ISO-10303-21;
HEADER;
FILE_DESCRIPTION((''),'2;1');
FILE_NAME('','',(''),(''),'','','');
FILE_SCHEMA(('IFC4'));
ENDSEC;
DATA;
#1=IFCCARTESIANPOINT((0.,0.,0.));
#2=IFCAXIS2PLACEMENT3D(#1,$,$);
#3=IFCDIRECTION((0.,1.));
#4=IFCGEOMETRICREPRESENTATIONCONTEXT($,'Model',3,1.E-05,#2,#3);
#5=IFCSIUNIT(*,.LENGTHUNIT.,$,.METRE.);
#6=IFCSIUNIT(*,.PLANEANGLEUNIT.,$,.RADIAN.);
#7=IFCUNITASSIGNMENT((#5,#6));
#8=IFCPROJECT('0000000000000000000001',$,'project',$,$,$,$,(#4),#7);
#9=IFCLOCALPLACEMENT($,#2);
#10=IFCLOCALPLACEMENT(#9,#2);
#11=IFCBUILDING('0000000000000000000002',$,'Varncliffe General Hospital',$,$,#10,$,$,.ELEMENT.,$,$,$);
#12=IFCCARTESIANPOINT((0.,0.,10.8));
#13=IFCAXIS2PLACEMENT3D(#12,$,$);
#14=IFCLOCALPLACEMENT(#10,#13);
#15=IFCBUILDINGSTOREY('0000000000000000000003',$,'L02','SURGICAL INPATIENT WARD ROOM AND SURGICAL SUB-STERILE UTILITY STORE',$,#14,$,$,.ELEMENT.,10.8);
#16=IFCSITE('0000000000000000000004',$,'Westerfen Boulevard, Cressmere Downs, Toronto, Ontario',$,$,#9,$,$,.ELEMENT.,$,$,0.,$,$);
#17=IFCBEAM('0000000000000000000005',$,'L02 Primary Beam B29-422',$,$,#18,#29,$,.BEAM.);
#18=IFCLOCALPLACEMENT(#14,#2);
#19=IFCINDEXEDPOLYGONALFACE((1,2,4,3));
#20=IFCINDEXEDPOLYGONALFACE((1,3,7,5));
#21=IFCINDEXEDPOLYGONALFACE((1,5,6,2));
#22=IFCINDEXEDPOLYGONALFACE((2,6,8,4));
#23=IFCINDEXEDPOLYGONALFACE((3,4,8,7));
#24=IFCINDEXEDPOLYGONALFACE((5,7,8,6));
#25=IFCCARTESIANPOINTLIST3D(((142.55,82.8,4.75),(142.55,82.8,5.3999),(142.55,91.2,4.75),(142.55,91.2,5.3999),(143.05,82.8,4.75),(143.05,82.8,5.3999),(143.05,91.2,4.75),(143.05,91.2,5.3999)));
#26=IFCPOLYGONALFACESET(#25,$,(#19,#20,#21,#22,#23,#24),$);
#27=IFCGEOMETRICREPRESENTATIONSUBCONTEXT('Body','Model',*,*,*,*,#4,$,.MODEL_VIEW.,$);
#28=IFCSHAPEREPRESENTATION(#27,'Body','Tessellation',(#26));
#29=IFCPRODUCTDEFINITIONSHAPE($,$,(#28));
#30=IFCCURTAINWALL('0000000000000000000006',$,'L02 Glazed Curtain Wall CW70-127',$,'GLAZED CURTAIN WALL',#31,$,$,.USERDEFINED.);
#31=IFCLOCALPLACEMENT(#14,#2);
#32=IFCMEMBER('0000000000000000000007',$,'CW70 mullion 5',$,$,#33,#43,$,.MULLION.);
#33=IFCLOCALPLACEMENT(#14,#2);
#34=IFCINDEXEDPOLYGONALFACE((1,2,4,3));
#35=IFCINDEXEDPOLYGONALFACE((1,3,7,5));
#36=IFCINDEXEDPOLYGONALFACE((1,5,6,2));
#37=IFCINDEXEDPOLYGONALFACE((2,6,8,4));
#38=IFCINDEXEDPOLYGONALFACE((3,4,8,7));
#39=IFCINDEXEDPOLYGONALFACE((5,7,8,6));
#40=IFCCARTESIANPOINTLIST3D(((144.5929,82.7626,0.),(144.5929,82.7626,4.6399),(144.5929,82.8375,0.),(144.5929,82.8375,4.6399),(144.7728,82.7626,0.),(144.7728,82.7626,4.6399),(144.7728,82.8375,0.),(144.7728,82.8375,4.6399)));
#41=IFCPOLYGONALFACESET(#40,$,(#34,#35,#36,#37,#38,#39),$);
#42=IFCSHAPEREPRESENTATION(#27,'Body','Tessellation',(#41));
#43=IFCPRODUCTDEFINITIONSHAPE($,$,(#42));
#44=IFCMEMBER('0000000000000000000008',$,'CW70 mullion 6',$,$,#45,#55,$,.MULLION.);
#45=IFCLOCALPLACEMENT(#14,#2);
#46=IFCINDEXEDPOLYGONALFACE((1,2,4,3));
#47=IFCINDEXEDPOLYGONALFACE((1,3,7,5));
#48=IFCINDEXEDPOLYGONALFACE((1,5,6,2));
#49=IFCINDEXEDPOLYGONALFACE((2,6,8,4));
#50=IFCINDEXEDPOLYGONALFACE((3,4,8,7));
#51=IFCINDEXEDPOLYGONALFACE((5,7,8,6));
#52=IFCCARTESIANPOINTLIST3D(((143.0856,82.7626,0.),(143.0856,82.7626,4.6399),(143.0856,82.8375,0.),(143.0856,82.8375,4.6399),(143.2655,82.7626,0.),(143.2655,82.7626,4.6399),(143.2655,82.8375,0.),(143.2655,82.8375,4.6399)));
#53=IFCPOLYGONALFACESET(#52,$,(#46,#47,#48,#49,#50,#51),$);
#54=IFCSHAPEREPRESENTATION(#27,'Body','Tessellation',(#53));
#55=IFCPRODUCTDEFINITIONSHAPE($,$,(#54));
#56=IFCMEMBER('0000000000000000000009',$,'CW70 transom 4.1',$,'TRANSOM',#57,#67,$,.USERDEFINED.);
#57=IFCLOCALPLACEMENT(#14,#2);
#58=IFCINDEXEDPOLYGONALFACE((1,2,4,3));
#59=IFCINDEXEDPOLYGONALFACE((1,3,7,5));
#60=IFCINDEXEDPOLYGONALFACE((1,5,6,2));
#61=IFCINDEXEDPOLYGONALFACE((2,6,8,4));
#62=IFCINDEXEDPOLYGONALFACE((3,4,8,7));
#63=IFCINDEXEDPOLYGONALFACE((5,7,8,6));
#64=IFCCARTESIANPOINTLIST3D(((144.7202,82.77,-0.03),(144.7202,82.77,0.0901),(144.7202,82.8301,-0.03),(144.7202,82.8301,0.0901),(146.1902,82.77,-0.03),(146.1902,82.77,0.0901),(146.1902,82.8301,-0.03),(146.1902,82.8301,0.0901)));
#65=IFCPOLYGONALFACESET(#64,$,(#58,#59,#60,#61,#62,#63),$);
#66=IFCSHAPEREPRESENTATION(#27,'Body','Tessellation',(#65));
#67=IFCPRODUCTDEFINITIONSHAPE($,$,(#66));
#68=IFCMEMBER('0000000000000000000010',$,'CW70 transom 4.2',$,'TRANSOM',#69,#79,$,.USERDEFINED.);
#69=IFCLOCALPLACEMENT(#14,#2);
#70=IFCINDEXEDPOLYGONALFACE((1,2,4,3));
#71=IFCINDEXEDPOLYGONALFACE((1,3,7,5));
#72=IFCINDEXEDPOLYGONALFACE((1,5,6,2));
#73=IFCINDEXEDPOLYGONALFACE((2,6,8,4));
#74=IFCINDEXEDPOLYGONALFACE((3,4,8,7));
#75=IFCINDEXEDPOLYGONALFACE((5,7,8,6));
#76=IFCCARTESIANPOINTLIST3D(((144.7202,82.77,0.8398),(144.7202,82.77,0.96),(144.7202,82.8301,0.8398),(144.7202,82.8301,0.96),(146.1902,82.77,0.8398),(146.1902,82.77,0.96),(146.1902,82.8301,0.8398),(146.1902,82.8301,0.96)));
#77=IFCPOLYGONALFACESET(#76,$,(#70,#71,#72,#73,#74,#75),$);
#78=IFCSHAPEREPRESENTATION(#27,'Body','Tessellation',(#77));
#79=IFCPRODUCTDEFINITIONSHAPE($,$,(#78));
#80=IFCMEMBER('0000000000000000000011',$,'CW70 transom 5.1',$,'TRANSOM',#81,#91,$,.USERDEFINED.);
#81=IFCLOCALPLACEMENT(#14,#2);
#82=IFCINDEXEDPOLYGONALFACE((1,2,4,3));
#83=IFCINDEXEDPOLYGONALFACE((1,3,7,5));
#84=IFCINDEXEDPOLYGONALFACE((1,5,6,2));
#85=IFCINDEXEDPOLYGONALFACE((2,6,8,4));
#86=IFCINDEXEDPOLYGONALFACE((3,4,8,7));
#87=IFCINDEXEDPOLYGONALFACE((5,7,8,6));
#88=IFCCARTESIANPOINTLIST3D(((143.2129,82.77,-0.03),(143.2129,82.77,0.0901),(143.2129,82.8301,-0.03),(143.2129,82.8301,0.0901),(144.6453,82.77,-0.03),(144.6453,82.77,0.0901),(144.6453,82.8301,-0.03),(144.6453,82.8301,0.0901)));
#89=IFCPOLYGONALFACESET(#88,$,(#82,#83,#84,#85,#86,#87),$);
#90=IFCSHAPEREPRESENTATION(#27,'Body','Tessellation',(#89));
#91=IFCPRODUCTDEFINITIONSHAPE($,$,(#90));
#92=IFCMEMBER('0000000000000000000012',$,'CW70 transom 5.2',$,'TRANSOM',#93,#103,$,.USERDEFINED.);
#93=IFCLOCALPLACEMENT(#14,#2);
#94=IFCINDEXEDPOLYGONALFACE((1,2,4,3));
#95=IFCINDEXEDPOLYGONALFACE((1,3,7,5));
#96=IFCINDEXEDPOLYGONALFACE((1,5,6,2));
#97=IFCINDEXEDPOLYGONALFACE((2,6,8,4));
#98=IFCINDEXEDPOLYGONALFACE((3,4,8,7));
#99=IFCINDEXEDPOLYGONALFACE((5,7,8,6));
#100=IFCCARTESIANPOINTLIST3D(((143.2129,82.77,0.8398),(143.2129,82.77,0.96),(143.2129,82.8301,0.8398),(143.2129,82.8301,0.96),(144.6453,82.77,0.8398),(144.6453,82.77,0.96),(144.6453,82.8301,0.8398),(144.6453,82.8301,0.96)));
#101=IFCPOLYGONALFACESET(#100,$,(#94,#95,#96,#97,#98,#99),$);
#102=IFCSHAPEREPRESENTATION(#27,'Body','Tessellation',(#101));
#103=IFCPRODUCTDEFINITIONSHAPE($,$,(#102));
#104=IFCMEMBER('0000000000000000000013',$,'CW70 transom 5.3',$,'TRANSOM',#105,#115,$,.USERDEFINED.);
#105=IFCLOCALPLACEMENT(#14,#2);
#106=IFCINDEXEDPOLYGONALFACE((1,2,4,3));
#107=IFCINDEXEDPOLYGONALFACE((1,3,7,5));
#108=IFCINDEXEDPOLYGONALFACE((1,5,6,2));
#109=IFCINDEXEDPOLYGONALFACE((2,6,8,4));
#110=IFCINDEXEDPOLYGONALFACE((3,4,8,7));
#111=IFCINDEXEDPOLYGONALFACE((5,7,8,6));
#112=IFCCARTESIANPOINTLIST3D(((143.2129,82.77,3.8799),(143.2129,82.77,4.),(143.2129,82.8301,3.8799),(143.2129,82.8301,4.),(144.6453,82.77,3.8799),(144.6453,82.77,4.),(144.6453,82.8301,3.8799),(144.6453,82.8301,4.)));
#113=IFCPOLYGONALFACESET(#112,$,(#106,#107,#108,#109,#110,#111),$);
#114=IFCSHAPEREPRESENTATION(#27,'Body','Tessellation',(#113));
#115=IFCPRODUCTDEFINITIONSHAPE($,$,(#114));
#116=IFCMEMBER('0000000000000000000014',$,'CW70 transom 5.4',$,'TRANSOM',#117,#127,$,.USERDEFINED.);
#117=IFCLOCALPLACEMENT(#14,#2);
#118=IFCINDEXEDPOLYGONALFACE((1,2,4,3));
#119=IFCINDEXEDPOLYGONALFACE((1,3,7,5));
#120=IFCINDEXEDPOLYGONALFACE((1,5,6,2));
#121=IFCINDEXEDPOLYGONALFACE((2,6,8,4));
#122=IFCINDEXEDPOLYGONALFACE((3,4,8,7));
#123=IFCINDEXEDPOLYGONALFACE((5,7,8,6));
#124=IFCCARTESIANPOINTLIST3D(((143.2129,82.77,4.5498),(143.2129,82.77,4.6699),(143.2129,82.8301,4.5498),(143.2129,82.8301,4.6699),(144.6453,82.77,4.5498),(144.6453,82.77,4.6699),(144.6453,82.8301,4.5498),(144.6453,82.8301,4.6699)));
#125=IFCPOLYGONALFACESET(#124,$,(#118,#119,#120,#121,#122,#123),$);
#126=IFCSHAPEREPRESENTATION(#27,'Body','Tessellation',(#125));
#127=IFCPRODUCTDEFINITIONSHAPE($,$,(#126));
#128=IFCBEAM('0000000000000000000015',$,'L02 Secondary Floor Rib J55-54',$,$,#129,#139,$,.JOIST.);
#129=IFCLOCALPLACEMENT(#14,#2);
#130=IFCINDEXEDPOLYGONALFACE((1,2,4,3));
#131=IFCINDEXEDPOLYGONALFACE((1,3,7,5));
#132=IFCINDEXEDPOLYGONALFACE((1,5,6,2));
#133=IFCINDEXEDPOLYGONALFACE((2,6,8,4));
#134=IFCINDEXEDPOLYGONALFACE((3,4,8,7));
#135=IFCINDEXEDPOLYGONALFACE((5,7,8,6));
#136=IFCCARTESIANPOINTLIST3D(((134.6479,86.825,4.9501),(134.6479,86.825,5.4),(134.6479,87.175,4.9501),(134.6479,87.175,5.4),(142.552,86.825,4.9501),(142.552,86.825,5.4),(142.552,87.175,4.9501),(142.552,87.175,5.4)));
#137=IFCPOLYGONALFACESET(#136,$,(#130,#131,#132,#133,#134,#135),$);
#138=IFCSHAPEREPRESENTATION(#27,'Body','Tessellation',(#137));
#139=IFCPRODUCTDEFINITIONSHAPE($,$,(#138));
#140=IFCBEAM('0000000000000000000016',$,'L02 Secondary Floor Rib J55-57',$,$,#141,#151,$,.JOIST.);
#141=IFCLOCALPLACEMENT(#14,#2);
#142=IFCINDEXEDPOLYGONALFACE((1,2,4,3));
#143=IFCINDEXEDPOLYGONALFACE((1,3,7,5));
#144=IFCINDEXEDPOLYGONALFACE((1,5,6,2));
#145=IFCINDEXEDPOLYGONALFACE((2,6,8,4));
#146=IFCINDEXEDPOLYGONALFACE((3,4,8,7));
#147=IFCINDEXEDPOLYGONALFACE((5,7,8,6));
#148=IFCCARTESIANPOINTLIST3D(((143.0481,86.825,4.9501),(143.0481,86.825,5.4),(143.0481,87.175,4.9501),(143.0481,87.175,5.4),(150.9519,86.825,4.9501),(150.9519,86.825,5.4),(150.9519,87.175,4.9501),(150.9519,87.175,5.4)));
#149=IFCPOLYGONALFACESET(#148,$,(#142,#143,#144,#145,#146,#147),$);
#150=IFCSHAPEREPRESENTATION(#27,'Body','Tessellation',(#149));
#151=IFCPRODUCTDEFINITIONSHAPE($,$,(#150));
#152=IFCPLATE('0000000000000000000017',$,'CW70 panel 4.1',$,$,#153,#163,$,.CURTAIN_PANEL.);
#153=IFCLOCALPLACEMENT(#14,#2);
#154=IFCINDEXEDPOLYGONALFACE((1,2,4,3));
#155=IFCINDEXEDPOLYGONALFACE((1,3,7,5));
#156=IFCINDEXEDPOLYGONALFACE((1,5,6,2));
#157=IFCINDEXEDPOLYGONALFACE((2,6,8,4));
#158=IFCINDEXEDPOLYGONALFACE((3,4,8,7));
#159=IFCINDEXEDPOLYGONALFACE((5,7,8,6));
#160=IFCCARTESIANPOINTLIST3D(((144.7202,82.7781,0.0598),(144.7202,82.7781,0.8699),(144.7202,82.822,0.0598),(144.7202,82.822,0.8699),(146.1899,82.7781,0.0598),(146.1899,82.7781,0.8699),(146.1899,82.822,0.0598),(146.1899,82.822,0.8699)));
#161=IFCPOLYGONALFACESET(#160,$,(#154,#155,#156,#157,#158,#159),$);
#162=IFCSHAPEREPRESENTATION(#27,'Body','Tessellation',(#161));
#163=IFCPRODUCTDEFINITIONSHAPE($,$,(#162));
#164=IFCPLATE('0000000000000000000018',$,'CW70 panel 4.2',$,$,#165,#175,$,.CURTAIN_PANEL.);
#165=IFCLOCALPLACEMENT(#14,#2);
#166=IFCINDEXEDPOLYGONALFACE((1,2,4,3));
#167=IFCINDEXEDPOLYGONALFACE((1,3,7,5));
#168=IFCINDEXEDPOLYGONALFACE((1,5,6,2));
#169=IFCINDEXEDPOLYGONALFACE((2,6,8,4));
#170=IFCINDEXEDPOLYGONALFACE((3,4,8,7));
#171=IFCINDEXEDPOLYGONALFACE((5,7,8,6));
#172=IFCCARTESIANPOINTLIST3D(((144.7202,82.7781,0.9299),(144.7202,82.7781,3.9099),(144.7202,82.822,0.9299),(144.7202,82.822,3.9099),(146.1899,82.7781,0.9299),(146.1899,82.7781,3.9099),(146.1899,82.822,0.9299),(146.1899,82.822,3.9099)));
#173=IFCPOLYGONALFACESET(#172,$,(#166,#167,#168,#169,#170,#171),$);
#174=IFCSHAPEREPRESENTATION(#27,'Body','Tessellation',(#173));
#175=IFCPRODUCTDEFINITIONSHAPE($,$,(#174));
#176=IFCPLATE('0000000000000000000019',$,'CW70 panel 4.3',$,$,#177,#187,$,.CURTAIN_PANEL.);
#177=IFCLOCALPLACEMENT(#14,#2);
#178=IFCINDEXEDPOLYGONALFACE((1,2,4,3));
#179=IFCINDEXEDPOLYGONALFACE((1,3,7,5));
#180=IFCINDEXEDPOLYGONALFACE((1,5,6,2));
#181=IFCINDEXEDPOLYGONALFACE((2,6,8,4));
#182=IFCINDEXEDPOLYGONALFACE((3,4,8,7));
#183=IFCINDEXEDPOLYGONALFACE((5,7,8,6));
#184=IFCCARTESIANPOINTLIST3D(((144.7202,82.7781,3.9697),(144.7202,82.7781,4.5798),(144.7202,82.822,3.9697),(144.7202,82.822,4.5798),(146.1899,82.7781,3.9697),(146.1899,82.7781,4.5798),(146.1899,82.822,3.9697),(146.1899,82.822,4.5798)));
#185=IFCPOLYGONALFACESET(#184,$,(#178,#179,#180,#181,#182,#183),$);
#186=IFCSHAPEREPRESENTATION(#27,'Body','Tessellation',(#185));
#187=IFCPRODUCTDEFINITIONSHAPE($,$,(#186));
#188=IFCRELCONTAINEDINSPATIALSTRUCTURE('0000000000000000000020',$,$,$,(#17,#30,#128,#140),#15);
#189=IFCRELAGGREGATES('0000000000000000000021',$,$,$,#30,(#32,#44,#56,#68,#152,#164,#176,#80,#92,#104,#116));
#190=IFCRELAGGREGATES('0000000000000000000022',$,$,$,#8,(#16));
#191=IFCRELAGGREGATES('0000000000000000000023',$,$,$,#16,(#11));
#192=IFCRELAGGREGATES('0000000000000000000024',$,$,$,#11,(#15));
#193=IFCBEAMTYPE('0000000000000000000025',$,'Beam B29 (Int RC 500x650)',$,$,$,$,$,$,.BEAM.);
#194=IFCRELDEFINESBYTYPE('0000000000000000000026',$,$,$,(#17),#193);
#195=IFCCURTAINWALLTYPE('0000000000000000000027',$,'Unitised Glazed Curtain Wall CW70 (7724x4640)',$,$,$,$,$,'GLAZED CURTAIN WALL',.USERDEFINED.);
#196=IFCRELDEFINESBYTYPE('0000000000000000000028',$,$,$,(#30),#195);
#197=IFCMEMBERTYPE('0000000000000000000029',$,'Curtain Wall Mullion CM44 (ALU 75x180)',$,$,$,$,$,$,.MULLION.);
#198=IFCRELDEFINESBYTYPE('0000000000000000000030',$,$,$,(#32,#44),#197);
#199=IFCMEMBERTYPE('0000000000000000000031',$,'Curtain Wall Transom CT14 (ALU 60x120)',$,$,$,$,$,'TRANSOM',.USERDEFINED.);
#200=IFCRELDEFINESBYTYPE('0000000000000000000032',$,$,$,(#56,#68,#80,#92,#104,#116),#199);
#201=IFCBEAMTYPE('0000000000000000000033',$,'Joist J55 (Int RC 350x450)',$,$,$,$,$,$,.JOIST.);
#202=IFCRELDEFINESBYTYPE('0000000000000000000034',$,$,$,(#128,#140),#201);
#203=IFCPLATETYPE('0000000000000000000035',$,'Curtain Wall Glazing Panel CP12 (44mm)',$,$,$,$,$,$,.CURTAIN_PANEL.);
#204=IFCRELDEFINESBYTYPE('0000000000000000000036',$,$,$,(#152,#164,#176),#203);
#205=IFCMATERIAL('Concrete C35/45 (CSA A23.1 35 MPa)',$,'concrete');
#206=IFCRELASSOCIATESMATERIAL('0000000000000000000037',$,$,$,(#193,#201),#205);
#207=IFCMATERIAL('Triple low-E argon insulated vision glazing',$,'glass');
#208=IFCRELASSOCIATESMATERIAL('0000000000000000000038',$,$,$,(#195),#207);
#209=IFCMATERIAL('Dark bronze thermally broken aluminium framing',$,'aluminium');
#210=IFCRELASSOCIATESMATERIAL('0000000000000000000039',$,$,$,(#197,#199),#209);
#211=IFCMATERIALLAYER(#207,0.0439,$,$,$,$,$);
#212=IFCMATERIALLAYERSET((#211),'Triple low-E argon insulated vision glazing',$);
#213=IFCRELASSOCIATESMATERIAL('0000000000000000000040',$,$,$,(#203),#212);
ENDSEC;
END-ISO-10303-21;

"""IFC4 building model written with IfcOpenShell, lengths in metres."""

from ifc_helpers import new_model, si_unit, direction, frame, origin, origin_2d, place, context, subcontext, project, spatial, rectangle, extrude, material, layer, layer_set, material_profile, profile_set, type_object, element, aggregate, save


model = new_model("IFC4")

# Units and contexts
model_context = context("Model", 3, precision=1e-05, world=origin(), true_north=direction((0.0, 1.0)))
body_context = subcontext(model_context, "Body", "Model", "MODEL_VIEW")
ifc_project = project(units=[si_unit("LENGTHUNIT", "METRE"), si_unit("PLANEANGLEUNIT", "RADIAN")], contexts=[model_context])

# Site, building, storey
site_placement = place(None, origin())
site = spatial("IfcSite", under=ifc_project, at=site_placement, Name="Westerfen Boulevard, Cressmere Downs, Toronto, Ontario", CompositionType="ELEMENT", RefElevation=0.0)
building_placement = place(site_placement, origin())
building = spatial("IfcBuilding", under=site, at=building_placement, Name="Varncliffe General Hospital", CompositionType="ELEMENT")
storey_placement = place(building_placement, frame((0.0, 0.0, 10.8)))
storey = spatial("IfcBuildingStorey", under=building, at=storey_placement, Name="L02", Description="SURGICAL INPATIENT WARD ROOM AND SURGICAL SUB-STERILE UTILITY STORE", CompositionType="ELEMENT", Elevation=10.8)

# Beam
ifc_material_1 = material(Name="Concrete C35/45 (CSA A23.1 35 MPa)", Category="concrete")
ifc_material_profile_1 = material_profile(ifc_material_1, rectangle(XDim=0.5, YDim=0.6499, at=origin_2d()), Name="RC 500x650")
ifc_profile_set_1 = profile_set([ifc_material_profile_1], Name="Concrete C35/45 (CSA A23.1 35 MPa)")
beam_type_1 = type_object("IfcBeamType", Name="Beam B29 (Int RC 500x650)", PredefinedType="BEAM", material=ifc_profile_set_1)
beam_1_placement = place(storey_placement, frame((142.8, 82.8, 5.075), z_axis=(0.0, 1.0, 0.0), x_axis=(-1.0, 0.0, 0.0)))
element("IfcBeam", 1, at=beam_1_placement, inside=storey, type_object=beam_type_1, Name="L02 Primary Beam B29-422", PredefinedType="BEAM", context=body_context, shape_type="SweptSolid", body=[
    extrude(rectangle(XDim=0.5, YDim=0.6499, at=origin_2d()), origin(), (0.0, 0.0, 1.0), 8.3999),
])

# Curtain wall, members
ifc_material_2 = material(Name="Triple low-E argon insulated vision glazing", Category="glass")
curtain_wall_type = type_object("IfcCurtainWallType", Name="Unitised Glazed Curtain Wall CW70 (7724x4640)", ElementType="GLAZED CURTAIN WALL", PredefinedType="USERDEFINED", material=ifc_material_2)
curtain_wall_placement = place(storey_placement, origin())
curtain_wall = element("IfcCurtainWall", 2, at=curtain_wall_placement, inside=storey, type_object=curtain_wall_type, Name="L02 Glazed Curtain Wall CW70-127", ObjectType="GLAZED CURTAIN WALL", PredefinedType="USERDEFINED")
ifc_material_3 = material(Name="Dark bronze thermally broken aluminium framing", Category="aluminium")
ifc_material_profile_2 = material_profile(ifc_material_3, rectangle(XDim=0.075, YDim=0.1799, at=origin_2d()), Name="ALU 75x180")
ifc_profile_set_2 = profile_set([ifc_material_profile_2], Name="Dark bronze thermally broken aluminium framing")
member_type_1 = type_object("IfcMemberType", Name="Curtain Wall Mullion CM44 (ALU 75x180)", PredefinedType="MULLION", material=ifc_profile_set_2)
member_1_placement = place(storey_placement, frame((144.6829, 82.8, 0.0), z_axis=(0.0, 0.0, 1.0), x_axis=(0.0, -1.0, 0.0)))
member_1 = element("IfcMember", 3, at=member_1_placement, type_object=member_type_1, Name="CW70 mullion 5", PredefinedType="MULLION", context=body_context, shape_type="SweptSolid", body=[
    extrude(rectangle(XDim=0.075, YDim=0.1799, at=origin_2d()), origin(), (0.0, 0.0, 1.0), 4.6399),
])
member_2_placement = place(storey_placement, frame((143.1755, 82.8, 0.0), z_axis=(0.0, 0.0, 1.0), x_axis=(0.0, -1.0, 0.0)))
member_2 = element("IfcMember", 4, at=member_2_placement, type_object=member_type_1, Name="CW70 mullion 6", PredefinedType="MULLION", context=body_context, shape_type="SweptSolid", body=[
    extrude(rectangle(XDim=0.075, YDim=0.1799, at=origin_2d()), origin(), (0.0, 0.0, 1.0), 4.6399),
])
ifc_material_profile_3 = material_profile(ifc_material_3, rectangle(XDim=0.0601, YDim=0.1201, at=origin_2d()), Name="ALU 60x120")
ifc_profile_set_3 = profile_set([ifc_material_profile_3], Name="Dark bronze thermally broken aluminium framing")
member_type_2 = type_object("IfcMemberType", Name="Curtain Wall Transom CT14 (ALU 60x120)", ElementType="TRANSOM", PredefinedType="USERDEFINED", material=ifc_profile_set_3)
member_3_placement = place(storey_placement, frame((146.1902, 82.8, 0.03), z_axis=(-1.0, 0.0, 0.0), x_axis=(0.0, -1.0, 0.0)))
member_3 = element("IfcMember", 5, at=member_3_placement, type_object=member_type_2, Name="CW70 transom 4.1", ObjectType="TRANSOM", PredefinedType="USERDEFINED", context=body_context, shape_type="SweptSolid", body=[
    extrude(rectangle(XDim=0.0601, YDim=0.1201, at=origin_2d()), origin(), (0.0, 0.0, 1.0), 1.47),
])
member_4_placement = place(storey_placement, frame((146.1902, 82.8, 0.8999), z_axis=(-1.0, 0.0, 0.0), x_axis=(0.0, -1.0, 0.0)))
member_4 = element("IfcMember", 6, at=member_4_placement, type_object=member_type_2, Name="CW70 transom 4.2", ObjectType="TRANSOM", PredefinedType="USERDEFINED", context=body_context, shape_type="SweptSolid", body=[
    extrude(rectangle(XDim=0.0601, YDim=0.1201, at=origin_2d()), origin(), (0.0, 0.0, 1.0), 1.47),
])
member_5_placement = place(storey_placement, frame((144.6453, 82.8, 0.03), z_axis=(-1.0, 0.0, 0.0), x_axis=(0.0, -1.0, 0.0)))
member_5 = element("IfcMember", 7, at=member_5_placement, type_object=member_type_2, Name="CW70 transom 5.1", ObjectType="TRANSOM", PredefinedType="USERDEFINED", context=body_context, shape_type="SweptSolid", body=[
    extrude(rectangle(XDim=0.0601, YDim=0.1201, at=origin_2d()), origin(), (0.0, 0.0, 1.0), 1.4324),
])
member_6_placement = place(storey_placement, frame((144.6453, 82.8, 0.8999), z_axis=(-1.0, 0.0, 0.0), x_axis=(0.0, -1.0, 0.0)))
member_6 = element("IfcMember", 8, at=member_6_placement, type_object=member_type_2, Name="CW70 transom 5.2", ObjectType="TRANSOM", PredefinedType="USERDEFINED", context=body_context, shape_type="SweptSolid", body=[
    extrude(rectangle(XDim=0.0601, YDim=0.1201, at=origin_2d()), origin(), (0.0, 0.0, 1.0), 1.4324),
])
member_7_placement = place(storey_placement, frame((144.6453, 82.8, 3.9399), z_axis=(-1.0, 0.0, 0.0), x_axis=(0.0, -1.0, 0.0)))
member_7 = element("IfcMember", 9, at=member_7_placement, type_object=member_type_2, Name="CW70 transom 5.3", ObjectType="TRANSOM", PredefinedType="USERDEFINED", context=body_context, shape_type="SweptSolid", body=[
    extrude(rectangle(XDim=0.0601, YDim=0.1201, at=origin_2d()), origin(), (0.0, 0.0, 1.0), 1.4324),
])
member_8_placement = place(storey_placement, frame((144.6453, 82.8, 4.6099), z_axis=(-1.0, 0.0, 0.0), x_axis=(0.0, -1.0, 0.0)))
member_8 = element("IfcMember", 10, at=member_8_placement, type_object=member_type_2, Name="CW70 transom 5.4", ObjectType="TRANSOM", PredefinedType="USERDEFINED", context=body_context, shape_type="SweptSolid", body=[
    extrude(rectangle(XDim=0.0601, YDim=0.1201, at=origin_2d()), origin(), (0.0, 0.0, 1.0), 1.4324),
])

# Beams
ifc_material_profile_4 = material_profile(ifc_material_1, rectangle(XDim=0.3501, YDim=0.45, at=origin_2d()), Name="RC 350x450")
ifc_profile_set_4 = profile_set([ifc_material_profile_4], Name="Concrete C35/45 (CSA A23.1 35 MPa)")
beam_type_2 = type_object("IfcBeamType", Name="Joist J55 (Int RC 350x450)", PredefinedType="JOIST", material=ifc_profile_set_4)
beam_2_placement = place(storey_placement, frame((134.6479, 87.0, 5.175), z_axis=(1.0, 0.0, 0.0), x_axis=(0.0, 1.0, 0.0)))
element("IfcBeam", 11, at=beam_2_placement, inside=storey, type_object=beam_type_2, Name="L02 Secondary Floor Rib J55-54", PredefinedType="JOIST", context=body_context, shape_type="SweptSolid", body=[
    extrude(rectangle(XDim=0.3501, YDim=0.45, at=origin_2d()), origin(), (0.0, 0.0, 1.0), 7.9041),
])
beam_3_placement = place(storey_placement, frame((143.0481, 87.0, 5.175), z_axis=(1.0, 0.0, 0.0), x_axis=(0.0, 1.0, 0.0)))
element("IfcBeam", 12, at=beam_3_placement, inside=storey, type_object=beam_type_2, Name="L02 Secondary Floor Rib J55-57", PredefinedType="JOIST", context=body_context, shape_type="SweptSolid", body=[
    extrude(rectangle(XDim=0.3501, YDim=0.45, at=origin_2d()), origin(), (0.0, 0.0, 1.0), 7.9038),
])

# Plates
ifc_layer_1 = layer(ifc_material_2, 0.0439)
ifc_layer_set_1 = layer_set([ifc_layer_1], Name="Triple low-E argon insulated vision glazing")
plate_type = type_object("IfcPlateType", Name="Curtain Wall Glazing Panel CP12 (44mm)", PredefinedType="CURTAIN_PANEL", material=ifc_layer_set_1)
plate_1_placement = place(storey_placement, frame((145.4551, 82.8, 0.0598), z_axis=(0.0, 0.0, 1.0), x_axis=(-1.0, 0.0, 0.0)))
plate_1 = element("IfcPlate", 13, at=plate_1_placement, type_object=plate_type, Name="CW70 panel 4.1", PredefinedType="CURTAIN_PANEL", context=body_context, shape_type="SweptSolid", body=[
    extrude(rectangle(XDim=1.4697, YDim=0.0439, at=origin_2d()), origin(), (0.0, 0.0, 1.0), 0.8101),
])
plate_2_placement = place(storey_placement, frame((145.4551, 82.8, 0.9299), z_axis=(0.0, 0.0, 1.0), x_axis=(-1.0, 0.0, 0.0)))
plate_2 = element("IfcPlate", 14, at=plate_2_placement, type_object=plate_type, Name="CW70 panel 4.2", PredefinedType="CURTAIN_PANEL", context=body_context, shape_type="SweptSolid", body=[
    extrude(rectangle(XDim=1.4697, YDim=0.0439, at=origin_2d()), origin(), (0.0, 0.0, 1.0), 2.98),
])
plate_3_placement = place(storey_placement, frame((145.4551, 82.8, 3.9697), z_axis=(0.0, 0.0, 1.0), x_axis=(-1.0, 0.0, 0.0)))
plate_3 = element("IfcPlate", 15, at=plate_3_placement, type_object=plate_type, Name="CW70 panel 4.3", PredefinedType="CURTAIN_PANEL", context=body_context, shape_type="SweptSolid", body=[
    extrude(rectangle(XDim=1.4697, YDim=0.0439, at=origin_2d()), origin(), (0.0, 0.0, 1.0), 0.6101),
])
aggregate(curtain_wall, [member_1, member_2, member_3, member_4, plate_1, plate_2, plate_3, member_5, member_6, member_7, member_8])

save(model, "model.ifc")
